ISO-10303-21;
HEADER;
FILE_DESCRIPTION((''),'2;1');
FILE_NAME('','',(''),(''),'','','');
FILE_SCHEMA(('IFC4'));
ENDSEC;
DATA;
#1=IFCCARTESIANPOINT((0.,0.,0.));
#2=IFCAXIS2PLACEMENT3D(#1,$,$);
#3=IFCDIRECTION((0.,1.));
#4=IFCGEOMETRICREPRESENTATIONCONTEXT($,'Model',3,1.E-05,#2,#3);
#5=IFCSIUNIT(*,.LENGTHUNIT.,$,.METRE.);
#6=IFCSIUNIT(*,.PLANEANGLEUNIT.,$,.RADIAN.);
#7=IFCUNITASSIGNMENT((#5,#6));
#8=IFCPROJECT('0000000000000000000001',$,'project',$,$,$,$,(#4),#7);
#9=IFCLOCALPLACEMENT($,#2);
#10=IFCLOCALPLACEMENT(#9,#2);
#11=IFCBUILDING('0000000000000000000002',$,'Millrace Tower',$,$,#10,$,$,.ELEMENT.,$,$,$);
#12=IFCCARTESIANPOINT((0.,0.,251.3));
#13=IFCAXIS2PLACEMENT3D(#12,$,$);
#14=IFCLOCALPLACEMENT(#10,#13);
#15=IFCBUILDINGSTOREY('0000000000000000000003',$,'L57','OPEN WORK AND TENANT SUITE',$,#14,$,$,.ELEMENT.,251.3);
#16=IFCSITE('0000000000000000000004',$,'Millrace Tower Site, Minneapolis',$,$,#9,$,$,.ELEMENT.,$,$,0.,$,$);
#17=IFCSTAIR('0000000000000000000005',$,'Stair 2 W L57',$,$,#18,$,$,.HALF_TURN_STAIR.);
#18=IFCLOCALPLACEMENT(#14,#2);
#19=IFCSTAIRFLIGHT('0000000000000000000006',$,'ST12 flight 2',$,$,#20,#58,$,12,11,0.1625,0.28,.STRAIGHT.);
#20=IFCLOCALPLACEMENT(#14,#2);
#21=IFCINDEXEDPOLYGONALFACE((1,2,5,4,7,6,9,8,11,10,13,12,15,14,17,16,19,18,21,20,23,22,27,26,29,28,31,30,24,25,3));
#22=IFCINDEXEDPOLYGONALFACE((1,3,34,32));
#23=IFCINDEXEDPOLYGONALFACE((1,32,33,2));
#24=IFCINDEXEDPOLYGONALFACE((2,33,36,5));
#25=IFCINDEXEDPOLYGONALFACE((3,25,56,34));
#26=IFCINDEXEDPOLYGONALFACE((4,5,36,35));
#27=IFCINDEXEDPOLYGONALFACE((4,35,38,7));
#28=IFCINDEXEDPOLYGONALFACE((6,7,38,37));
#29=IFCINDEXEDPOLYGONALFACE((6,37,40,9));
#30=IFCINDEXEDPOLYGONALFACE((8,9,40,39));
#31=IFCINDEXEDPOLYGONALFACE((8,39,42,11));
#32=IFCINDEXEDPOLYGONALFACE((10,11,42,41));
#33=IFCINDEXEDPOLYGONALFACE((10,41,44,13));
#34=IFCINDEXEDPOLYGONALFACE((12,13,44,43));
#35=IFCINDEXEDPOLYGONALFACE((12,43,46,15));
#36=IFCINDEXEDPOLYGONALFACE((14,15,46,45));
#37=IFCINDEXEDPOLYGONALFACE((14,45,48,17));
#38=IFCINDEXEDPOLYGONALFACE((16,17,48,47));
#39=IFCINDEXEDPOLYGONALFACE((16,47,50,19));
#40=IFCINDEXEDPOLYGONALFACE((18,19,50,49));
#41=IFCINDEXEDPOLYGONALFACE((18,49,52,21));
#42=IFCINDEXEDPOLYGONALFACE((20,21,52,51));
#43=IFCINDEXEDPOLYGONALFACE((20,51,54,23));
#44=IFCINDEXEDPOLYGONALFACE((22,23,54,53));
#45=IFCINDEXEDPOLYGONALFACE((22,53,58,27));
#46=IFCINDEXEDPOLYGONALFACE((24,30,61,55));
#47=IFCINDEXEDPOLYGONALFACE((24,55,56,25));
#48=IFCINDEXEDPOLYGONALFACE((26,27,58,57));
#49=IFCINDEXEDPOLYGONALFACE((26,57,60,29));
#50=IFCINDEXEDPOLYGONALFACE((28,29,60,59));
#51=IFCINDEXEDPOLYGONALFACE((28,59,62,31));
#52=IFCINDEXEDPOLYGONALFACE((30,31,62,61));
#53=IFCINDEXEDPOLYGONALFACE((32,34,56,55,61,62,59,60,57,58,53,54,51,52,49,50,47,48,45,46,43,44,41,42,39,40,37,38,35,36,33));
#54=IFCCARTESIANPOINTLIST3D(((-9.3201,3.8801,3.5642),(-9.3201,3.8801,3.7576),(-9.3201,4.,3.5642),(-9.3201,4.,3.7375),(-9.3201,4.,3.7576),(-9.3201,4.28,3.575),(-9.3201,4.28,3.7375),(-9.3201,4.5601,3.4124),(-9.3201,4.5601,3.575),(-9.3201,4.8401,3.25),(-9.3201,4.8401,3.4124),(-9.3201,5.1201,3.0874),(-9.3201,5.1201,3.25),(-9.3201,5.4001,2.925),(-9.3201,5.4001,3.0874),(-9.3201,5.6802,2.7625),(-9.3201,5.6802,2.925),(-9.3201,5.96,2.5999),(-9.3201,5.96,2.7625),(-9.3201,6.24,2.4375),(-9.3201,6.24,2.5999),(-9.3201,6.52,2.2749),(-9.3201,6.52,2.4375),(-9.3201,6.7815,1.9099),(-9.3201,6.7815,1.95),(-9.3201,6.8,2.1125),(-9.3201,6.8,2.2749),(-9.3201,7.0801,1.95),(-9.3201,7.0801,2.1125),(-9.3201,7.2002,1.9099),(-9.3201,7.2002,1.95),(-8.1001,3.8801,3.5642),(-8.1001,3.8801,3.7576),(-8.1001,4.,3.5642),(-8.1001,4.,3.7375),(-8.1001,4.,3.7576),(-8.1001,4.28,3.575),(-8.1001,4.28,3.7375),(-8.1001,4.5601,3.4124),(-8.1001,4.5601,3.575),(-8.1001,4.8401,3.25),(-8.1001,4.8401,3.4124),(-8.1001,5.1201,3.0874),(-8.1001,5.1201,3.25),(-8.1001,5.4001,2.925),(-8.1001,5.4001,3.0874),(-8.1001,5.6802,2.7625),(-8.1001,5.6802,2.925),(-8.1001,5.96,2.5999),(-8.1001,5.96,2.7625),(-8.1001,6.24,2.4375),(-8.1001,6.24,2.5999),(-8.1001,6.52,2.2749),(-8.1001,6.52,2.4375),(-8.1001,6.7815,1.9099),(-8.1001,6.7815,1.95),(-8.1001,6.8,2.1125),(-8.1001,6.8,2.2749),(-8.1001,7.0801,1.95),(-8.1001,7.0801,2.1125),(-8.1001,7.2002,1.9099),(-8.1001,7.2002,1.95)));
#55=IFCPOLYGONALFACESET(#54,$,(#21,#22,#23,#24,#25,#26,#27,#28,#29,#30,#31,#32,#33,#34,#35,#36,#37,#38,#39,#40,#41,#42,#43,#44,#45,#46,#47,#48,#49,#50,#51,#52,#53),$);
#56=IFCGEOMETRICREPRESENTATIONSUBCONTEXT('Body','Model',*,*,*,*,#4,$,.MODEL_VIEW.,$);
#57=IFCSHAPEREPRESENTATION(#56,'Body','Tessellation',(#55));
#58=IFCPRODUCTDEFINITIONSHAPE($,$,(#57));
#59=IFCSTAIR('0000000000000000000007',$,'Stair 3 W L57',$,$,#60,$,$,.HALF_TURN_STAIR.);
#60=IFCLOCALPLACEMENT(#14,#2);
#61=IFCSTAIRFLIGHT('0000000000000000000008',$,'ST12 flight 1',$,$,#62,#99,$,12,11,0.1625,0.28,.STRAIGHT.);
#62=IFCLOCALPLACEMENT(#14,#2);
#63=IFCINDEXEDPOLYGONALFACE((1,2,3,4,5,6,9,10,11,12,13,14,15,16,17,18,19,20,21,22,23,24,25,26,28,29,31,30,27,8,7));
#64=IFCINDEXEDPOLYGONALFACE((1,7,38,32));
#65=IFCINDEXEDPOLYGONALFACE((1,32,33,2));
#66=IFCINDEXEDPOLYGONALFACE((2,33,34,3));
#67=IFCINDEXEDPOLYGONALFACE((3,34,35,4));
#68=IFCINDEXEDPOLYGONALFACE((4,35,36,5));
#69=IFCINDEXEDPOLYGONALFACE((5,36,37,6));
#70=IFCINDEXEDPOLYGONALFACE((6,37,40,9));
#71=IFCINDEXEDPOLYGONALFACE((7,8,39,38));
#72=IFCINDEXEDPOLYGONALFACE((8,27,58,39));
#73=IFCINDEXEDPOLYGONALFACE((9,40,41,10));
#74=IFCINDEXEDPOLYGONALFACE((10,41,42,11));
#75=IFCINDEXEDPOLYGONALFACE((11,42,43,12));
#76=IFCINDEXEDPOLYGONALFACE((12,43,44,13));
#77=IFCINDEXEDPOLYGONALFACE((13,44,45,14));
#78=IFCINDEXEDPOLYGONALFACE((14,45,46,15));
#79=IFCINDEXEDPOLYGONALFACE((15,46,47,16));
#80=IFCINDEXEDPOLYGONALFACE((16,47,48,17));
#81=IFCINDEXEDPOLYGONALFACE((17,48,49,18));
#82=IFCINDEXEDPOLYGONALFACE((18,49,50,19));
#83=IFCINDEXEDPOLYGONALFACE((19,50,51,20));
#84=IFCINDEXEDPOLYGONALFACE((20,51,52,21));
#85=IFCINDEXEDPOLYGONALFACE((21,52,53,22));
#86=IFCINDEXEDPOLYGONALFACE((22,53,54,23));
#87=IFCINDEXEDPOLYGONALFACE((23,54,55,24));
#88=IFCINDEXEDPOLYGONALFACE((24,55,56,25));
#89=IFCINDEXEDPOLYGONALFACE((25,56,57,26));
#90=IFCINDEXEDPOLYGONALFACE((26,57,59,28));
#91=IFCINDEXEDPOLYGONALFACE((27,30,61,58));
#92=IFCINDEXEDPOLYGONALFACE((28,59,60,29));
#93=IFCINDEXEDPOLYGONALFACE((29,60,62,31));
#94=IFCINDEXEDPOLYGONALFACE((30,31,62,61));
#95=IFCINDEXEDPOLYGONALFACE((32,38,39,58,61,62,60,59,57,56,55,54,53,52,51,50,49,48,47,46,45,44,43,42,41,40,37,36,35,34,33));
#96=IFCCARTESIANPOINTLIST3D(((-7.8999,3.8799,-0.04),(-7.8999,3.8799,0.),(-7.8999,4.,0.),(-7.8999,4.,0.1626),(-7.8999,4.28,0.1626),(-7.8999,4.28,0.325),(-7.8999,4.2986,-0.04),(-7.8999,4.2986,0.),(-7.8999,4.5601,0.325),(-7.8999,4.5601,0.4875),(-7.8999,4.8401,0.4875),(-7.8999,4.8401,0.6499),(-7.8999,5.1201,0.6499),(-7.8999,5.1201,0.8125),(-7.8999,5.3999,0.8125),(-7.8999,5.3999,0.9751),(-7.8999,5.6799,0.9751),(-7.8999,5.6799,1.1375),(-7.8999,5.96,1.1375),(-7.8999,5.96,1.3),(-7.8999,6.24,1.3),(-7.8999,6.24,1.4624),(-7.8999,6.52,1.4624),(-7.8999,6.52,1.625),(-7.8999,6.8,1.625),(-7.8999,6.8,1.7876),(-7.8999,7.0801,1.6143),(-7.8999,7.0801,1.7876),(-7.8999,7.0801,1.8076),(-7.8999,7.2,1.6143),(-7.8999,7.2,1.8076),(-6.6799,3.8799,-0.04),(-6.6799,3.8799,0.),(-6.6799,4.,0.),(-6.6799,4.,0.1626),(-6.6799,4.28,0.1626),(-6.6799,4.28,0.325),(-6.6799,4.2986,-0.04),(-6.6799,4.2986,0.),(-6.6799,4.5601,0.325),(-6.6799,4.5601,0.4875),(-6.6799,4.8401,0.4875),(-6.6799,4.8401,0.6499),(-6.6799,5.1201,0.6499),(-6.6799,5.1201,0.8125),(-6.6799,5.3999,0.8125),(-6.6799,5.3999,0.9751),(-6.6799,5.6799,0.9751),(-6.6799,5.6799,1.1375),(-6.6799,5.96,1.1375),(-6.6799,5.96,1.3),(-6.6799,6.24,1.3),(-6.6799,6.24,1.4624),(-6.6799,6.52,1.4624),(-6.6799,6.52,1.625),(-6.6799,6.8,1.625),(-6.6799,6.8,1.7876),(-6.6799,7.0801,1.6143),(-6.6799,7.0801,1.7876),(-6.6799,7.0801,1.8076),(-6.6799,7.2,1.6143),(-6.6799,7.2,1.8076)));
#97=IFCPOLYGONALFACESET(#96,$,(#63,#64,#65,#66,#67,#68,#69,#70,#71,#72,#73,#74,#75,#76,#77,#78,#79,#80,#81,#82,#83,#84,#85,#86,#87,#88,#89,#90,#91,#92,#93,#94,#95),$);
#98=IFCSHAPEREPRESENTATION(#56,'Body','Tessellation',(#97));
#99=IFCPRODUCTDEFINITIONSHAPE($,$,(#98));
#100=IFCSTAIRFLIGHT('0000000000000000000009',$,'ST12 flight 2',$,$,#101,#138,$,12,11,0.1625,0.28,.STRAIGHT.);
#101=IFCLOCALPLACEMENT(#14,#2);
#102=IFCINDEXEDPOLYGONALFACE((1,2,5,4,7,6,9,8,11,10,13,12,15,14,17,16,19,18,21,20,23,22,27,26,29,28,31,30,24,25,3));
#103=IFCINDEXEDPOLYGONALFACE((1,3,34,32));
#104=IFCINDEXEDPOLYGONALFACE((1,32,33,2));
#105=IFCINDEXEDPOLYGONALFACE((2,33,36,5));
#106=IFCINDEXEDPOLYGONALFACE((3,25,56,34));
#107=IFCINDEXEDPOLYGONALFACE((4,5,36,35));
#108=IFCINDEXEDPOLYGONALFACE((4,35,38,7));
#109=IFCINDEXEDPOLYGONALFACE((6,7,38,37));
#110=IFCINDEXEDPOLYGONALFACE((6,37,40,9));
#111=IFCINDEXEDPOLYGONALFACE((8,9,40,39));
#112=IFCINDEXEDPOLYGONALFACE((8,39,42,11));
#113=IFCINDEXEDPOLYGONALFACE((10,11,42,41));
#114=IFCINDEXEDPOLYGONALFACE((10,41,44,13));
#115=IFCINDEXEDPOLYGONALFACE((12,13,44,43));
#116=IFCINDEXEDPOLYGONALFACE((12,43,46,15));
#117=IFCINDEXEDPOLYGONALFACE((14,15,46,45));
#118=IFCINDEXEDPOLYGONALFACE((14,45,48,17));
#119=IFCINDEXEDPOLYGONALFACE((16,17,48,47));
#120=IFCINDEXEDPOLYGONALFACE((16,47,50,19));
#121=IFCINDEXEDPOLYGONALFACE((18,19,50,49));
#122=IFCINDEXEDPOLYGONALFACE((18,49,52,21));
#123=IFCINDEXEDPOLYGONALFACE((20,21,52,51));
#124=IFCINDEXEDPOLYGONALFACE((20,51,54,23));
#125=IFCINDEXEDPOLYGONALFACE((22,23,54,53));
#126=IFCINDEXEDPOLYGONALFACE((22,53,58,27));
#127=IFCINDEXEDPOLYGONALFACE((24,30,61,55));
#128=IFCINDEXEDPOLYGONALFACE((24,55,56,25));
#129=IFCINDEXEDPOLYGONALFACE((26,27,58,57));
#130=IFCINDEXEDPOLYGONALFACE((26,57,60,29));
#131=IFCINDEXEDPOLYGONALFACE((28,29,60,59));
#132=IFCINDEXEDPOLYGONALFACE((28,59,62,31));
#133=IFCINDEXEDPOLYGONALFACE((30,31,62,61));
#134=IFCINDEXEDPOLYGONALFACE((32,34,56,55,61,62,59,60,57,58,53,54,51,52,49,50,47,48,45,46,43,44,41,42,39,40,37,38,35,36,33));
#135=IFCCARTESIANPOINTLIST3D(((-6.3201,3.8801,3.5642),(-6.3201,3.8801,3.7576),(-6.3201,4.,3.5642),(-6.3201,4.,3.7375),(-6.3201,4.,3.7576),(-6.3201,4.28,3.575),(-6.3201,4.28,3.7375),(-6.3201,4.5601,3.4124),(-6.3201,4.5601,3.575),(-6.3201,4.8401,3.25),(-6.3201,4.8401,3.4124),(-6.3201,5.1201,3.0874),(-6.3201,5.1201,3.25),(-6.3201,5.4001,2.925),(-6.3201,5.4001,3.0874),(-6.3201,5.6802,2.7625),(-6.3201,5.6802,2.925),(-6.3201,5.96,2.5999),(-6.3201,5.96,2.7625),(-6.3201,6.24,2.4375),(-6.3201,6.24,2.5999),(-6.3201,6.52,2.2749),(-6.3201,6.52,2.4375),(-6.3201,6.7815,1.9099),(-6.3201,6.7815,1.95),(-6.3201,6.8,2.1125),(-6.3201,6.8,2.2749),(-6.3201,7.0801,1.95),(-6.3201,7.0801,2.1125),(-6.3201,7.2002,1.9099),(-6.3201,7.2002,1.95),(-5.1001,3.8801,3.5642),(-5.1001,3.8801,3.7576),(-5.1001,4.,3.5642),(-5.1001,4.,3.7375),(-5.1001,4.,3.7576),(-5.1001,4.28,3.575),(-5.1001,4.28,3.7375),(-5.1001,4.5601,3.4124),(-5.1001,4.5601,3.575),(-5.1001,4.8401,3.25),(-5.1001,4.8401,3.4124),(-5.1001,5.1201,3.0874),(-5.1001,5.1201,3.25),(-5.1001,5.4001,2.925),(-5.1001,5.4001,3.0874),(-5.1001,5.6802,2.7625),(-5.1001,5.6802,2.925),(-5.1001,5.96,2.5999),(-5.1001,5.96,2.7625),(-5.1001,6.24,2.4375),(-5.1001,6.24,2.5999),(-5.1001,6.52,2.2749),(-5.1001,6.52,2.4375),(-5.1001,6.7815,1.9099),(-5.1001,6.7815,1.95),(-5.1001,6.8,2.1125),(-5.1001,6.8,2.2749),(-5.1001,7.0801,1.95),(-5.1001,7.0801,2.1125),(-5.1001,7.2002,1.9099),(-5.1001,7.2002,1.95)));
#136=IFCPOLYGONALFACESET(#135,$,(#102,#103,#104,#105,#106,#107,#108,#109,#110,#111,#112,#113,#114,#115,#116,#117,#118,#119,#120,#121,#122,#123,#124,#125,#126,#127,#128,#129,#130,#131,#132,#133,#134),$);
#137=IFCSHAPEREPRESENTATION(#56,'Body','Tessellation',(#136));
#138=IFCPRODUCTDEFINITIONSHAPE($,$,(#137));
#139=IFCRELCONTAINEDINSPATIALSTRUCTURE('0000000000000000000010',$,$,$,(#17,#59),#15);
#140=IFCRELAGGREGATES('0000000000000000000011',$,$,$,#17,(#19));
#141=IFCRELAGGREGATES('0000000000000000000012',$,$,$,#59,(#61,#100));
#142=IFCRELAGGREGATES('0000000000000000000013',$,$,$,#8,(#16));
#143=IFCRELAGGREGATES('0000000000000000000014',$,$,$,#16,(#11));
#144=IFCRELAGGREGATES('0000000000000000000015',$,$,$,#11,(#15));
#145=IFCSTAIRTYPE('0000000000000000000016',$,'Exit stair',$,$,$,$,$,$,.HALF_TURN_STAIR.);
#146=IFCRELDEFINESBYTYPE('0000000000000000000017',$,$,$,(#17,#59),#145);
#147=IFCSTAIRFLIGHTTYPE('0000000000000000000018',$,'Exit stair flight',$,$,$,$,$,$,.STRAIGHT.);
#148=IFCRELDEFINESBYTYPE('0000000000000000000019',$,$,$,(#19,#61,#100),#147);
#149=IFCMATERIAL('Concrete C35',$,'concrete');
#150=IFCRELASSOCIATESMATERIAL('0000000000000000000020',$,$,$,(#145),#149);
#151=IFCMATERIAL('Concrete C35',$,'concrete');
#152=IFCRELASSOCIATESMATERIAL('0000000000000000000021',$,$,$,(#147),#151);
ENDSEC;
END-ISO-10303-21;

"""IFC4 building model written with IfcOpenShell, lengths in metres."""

from ifc_helpers import new_model, si_unit, direction, frame, origin, place, context, subcontext, project, spatial, polyline, outline, extrude, material, type_object, element, aggregate, save


model = new_model("IFC4")

# Units and contexts
model_context = context("Model", 3, precision=1e-05, world=origin(), true_north=direction((0.0, 1.0)))
body_context = subcontext(model_context, "Body", "Model", "MODEL_VIEW")
ifc_project = project(units=[si_unit("LENGTHUNIT", "METRE"), si_unit("PLANEANGLEUNIT", "RADIAN")], contexts=[model_context])

# Site, building, storey
site_placement = place(None, origin())
site = spatial("IfcSite", under=ifc_project, at=site_placement, Name="Millrace Tower Site, Minneapolis", CompositionType="ELEMENT", RefElevation=0.0)
building_placement = place(site_placement, origin())
building = spatial("IfcBuilding", under=site, at=building_placement, Name="Millrace Tower", CompositionType="ELEMENT")
storey_placement = place(building_placement, frame((0.0, 0.0, 251.3)))
storey = spatial("IfcBuildingStorey", under=building, at=storey_placement, Name="L57", Description="OPEN WORK AND TENANT SUITE", CompositionType="ELEMENT", Elevation=251.3)

# Shared definitions
placement_1 = place(storey_placement, origin())

# Stairs, stair flights
ifc_material_1 = material(Name="Concrete C35", Category="concrete")
stair_type = type_object("IfcStairType", Name="Exit stair", PredefinedType="HALF_TURN_STAIR", material=ifc_material_1)
stair_1 = element("IfcStair", 1, at=placement_1, inside=storey, type_object=stair_type, Name="Stair 2 W L57", PredefinedType="HALF_TURN_STAIR")
ifc_material_2 = material(Name="Concrete C35", Category="concrete")
stair_flight_type = type_object("IfcStairFlightType", Name="Exit stair flight", PredefinedType="STRAIGHT", material=ifc_material_2)
stair_flight_1_placement = place(storey_placement, frame((-8.71, 7.0801, 1.95), z_axis=(0.0, 0.0, 1.0), x_axis=(0.0, -1.0, 0.0)))
stair_flight_1 = element("IfcStairFlight", 2, at=stair_flight_1_placement, type_object=stair_flight_type, Name="ST12 flight 2", NumberOfRisers=12, NumberOfTreads=11, PredefinedType="STRAIGHT", RiserHeight=0.1625, TreadLength=0.28, context=body_context, shape_type="SweptSolid", body=[
    extrude(outline(polyline([(-0.1201, -0.04), (-0.1201, 0.0), (0.0, 0.0), (0.0, 0.1626), (0.28, 0.1626), (0.28, 0.325), (0.5601, 0.325), (0.5601, 0.4875), (0.8401, 0.4875), (0.8401, 0.6499), (1.1201, 0.6499), (1.1201, 0.8125), (1.3999, 0.8125), (1.3999, 0.9751), (1.6799, 0.9751), (1.6799, 1.1375), (1.96, 1.1375), (1.96, 1.3), (2.24, 1.3), (2.24, 1.4624), (2.52, 1.4624), (2.52, 1.625), (2.8, 1.625), (2.8, 1.7876), (3.0801, 1.7876), (3.0801, 1.8076), (3.2, 1.8076), (3.2, 1.6143), (3.0801, 1.6143), (0.2986, 0.0), (0.2986, -0.04), (-0.1201, -0.04)])), frame((0.0, 0.6099, 0.0), z_axis=(0.0, -1.0, 0.0), x_axis=(1.0, 0.0, 0.0)), (0.0, 0.0, 1.0), 1.22),
])
aggregate(stair_1, [stair_flight_1])
stair_2 = element("IfcStair", 3, at=placement_1, inside=storey, type_object=stair_type, Name="Stair 3 W L57", PredefinedType="HALF_TURN_STAIR")
stair_flight_2_placement = place(storey_placement, frame((-7.29, 4.0, 0.0), z_axis=(0.0, 0.0, 1.0), x_axis=(0.0, 1.0, 0.0)))
stair_flight_2 = element("IfcStairFlight", 4, at=stair_flight_2_placement, type_object=stair_flight_type, Name="ST12 flight 1", NumberOfRisers=12, NumberOfTreads=11, PredefinedType="STRAIGHT", RiserHeight=0.1625, TreadLength=0.28, context=body_context, shape_type="SweptSolid", body=[
    extrude(outline(polyline([(-0.1201, -0.04), (-0.1201, 0.0), (0.0, 0.0), (0.0, 0.1626), (0.28, 0.1626), (0.28, 0.325), (0.5601, 0.325), (0.5601, 0.4875), (0.8401, 0.4875), (0.8401, 0.6499), (1.1201, 0.6499), (1.1201, 0.8125), (1.3999, 0.8125), (1.3999, 0.9751), (1.6799, 0.9751), (1.6799, 1.1375), (1.96, 1.1375), (1.96, 1.3), (2.24, 1.3), (2.24, 1.4624), (2.52, 1.4624), (2.52, 1.625), (2.8, 1.625), (2.8, 1.7876), (3.0801, 1.7876), (3.0801, 1.8076), (3.2, 1.8076), (3.2, 1.6143), (3.0801, 1.6143), (0.2986, 0.0), (0.2986, -0.04), (-0.1201, -0.04)])), frame((0.0, 0.6099, 0.0), z_axis=(0.0, -1.0, 0.0), x_axis=(1.0, 0.0, 0.0)), (0.0, 0.0, 1.0), 1.22),
])
stair_flight_3_placement = place(storey_placement, frame((-5.71, 7.0801, 1.95), z_axis=(0.0, 0.0, 1.0), x_axis=(0.0, -1.0, 0.0)))
stair_flight_3 = element("IfcStairFlight", 5, at=stair_flight_3_placement, type_object=stair_flight_type, Name="ST12 flight 2", NumberOfRisers=12, NumberOfTreads=11, PredefinedType="STRAIGHT", RiserHeight=0.1625, TreadLength=0.28, context=body_context, shape_type="SweptSolid", body=[
    extrude(outline(polyline([(-0.1201, -0.04), (-0.1201, 0.0), (0.0, 0.0), (0.0, 0.1626), (0.28, 0.1626), (0.28, 0.325), (0.5601, 0.325), (0.5601, 0.4875), (0.8401, 0.4875), (0.8401, 0.6499), (1.1201, 0.6499), (1.1201, 0.8125), (1.3999, 0.8125), (1.3999, 0.9751), (1.6799, 0.9751), (1.6799, 1.1375), (1.96, 1.1375), (1.96, 1.3), (2.24, 1.3), (2.24, 1.4624), (2.52, 1.4624), (2.52, 1.625), (2.8, 1.625), (2.8, 1.7876), (3.0801, 1.7876), (3.0801, 1.8076), (3.2, 1.8076), (3.2, 1.6143), (3.0801, 1.6143), (0.2986, 0.0), (0.2986, -0.04), (-0.1201, -0.04)])), frame((0.0, 0.6099, 0.0), z_axis=(0.0, -1.0, 0.0), x_axis=(1.0, 0.0, 0.0)), (0.0, 0.0, 1.0), 1.22),
])
aggregate(stair_2, [stair_flight_2, stair_flight_3])

save(model, "model.ifc")
